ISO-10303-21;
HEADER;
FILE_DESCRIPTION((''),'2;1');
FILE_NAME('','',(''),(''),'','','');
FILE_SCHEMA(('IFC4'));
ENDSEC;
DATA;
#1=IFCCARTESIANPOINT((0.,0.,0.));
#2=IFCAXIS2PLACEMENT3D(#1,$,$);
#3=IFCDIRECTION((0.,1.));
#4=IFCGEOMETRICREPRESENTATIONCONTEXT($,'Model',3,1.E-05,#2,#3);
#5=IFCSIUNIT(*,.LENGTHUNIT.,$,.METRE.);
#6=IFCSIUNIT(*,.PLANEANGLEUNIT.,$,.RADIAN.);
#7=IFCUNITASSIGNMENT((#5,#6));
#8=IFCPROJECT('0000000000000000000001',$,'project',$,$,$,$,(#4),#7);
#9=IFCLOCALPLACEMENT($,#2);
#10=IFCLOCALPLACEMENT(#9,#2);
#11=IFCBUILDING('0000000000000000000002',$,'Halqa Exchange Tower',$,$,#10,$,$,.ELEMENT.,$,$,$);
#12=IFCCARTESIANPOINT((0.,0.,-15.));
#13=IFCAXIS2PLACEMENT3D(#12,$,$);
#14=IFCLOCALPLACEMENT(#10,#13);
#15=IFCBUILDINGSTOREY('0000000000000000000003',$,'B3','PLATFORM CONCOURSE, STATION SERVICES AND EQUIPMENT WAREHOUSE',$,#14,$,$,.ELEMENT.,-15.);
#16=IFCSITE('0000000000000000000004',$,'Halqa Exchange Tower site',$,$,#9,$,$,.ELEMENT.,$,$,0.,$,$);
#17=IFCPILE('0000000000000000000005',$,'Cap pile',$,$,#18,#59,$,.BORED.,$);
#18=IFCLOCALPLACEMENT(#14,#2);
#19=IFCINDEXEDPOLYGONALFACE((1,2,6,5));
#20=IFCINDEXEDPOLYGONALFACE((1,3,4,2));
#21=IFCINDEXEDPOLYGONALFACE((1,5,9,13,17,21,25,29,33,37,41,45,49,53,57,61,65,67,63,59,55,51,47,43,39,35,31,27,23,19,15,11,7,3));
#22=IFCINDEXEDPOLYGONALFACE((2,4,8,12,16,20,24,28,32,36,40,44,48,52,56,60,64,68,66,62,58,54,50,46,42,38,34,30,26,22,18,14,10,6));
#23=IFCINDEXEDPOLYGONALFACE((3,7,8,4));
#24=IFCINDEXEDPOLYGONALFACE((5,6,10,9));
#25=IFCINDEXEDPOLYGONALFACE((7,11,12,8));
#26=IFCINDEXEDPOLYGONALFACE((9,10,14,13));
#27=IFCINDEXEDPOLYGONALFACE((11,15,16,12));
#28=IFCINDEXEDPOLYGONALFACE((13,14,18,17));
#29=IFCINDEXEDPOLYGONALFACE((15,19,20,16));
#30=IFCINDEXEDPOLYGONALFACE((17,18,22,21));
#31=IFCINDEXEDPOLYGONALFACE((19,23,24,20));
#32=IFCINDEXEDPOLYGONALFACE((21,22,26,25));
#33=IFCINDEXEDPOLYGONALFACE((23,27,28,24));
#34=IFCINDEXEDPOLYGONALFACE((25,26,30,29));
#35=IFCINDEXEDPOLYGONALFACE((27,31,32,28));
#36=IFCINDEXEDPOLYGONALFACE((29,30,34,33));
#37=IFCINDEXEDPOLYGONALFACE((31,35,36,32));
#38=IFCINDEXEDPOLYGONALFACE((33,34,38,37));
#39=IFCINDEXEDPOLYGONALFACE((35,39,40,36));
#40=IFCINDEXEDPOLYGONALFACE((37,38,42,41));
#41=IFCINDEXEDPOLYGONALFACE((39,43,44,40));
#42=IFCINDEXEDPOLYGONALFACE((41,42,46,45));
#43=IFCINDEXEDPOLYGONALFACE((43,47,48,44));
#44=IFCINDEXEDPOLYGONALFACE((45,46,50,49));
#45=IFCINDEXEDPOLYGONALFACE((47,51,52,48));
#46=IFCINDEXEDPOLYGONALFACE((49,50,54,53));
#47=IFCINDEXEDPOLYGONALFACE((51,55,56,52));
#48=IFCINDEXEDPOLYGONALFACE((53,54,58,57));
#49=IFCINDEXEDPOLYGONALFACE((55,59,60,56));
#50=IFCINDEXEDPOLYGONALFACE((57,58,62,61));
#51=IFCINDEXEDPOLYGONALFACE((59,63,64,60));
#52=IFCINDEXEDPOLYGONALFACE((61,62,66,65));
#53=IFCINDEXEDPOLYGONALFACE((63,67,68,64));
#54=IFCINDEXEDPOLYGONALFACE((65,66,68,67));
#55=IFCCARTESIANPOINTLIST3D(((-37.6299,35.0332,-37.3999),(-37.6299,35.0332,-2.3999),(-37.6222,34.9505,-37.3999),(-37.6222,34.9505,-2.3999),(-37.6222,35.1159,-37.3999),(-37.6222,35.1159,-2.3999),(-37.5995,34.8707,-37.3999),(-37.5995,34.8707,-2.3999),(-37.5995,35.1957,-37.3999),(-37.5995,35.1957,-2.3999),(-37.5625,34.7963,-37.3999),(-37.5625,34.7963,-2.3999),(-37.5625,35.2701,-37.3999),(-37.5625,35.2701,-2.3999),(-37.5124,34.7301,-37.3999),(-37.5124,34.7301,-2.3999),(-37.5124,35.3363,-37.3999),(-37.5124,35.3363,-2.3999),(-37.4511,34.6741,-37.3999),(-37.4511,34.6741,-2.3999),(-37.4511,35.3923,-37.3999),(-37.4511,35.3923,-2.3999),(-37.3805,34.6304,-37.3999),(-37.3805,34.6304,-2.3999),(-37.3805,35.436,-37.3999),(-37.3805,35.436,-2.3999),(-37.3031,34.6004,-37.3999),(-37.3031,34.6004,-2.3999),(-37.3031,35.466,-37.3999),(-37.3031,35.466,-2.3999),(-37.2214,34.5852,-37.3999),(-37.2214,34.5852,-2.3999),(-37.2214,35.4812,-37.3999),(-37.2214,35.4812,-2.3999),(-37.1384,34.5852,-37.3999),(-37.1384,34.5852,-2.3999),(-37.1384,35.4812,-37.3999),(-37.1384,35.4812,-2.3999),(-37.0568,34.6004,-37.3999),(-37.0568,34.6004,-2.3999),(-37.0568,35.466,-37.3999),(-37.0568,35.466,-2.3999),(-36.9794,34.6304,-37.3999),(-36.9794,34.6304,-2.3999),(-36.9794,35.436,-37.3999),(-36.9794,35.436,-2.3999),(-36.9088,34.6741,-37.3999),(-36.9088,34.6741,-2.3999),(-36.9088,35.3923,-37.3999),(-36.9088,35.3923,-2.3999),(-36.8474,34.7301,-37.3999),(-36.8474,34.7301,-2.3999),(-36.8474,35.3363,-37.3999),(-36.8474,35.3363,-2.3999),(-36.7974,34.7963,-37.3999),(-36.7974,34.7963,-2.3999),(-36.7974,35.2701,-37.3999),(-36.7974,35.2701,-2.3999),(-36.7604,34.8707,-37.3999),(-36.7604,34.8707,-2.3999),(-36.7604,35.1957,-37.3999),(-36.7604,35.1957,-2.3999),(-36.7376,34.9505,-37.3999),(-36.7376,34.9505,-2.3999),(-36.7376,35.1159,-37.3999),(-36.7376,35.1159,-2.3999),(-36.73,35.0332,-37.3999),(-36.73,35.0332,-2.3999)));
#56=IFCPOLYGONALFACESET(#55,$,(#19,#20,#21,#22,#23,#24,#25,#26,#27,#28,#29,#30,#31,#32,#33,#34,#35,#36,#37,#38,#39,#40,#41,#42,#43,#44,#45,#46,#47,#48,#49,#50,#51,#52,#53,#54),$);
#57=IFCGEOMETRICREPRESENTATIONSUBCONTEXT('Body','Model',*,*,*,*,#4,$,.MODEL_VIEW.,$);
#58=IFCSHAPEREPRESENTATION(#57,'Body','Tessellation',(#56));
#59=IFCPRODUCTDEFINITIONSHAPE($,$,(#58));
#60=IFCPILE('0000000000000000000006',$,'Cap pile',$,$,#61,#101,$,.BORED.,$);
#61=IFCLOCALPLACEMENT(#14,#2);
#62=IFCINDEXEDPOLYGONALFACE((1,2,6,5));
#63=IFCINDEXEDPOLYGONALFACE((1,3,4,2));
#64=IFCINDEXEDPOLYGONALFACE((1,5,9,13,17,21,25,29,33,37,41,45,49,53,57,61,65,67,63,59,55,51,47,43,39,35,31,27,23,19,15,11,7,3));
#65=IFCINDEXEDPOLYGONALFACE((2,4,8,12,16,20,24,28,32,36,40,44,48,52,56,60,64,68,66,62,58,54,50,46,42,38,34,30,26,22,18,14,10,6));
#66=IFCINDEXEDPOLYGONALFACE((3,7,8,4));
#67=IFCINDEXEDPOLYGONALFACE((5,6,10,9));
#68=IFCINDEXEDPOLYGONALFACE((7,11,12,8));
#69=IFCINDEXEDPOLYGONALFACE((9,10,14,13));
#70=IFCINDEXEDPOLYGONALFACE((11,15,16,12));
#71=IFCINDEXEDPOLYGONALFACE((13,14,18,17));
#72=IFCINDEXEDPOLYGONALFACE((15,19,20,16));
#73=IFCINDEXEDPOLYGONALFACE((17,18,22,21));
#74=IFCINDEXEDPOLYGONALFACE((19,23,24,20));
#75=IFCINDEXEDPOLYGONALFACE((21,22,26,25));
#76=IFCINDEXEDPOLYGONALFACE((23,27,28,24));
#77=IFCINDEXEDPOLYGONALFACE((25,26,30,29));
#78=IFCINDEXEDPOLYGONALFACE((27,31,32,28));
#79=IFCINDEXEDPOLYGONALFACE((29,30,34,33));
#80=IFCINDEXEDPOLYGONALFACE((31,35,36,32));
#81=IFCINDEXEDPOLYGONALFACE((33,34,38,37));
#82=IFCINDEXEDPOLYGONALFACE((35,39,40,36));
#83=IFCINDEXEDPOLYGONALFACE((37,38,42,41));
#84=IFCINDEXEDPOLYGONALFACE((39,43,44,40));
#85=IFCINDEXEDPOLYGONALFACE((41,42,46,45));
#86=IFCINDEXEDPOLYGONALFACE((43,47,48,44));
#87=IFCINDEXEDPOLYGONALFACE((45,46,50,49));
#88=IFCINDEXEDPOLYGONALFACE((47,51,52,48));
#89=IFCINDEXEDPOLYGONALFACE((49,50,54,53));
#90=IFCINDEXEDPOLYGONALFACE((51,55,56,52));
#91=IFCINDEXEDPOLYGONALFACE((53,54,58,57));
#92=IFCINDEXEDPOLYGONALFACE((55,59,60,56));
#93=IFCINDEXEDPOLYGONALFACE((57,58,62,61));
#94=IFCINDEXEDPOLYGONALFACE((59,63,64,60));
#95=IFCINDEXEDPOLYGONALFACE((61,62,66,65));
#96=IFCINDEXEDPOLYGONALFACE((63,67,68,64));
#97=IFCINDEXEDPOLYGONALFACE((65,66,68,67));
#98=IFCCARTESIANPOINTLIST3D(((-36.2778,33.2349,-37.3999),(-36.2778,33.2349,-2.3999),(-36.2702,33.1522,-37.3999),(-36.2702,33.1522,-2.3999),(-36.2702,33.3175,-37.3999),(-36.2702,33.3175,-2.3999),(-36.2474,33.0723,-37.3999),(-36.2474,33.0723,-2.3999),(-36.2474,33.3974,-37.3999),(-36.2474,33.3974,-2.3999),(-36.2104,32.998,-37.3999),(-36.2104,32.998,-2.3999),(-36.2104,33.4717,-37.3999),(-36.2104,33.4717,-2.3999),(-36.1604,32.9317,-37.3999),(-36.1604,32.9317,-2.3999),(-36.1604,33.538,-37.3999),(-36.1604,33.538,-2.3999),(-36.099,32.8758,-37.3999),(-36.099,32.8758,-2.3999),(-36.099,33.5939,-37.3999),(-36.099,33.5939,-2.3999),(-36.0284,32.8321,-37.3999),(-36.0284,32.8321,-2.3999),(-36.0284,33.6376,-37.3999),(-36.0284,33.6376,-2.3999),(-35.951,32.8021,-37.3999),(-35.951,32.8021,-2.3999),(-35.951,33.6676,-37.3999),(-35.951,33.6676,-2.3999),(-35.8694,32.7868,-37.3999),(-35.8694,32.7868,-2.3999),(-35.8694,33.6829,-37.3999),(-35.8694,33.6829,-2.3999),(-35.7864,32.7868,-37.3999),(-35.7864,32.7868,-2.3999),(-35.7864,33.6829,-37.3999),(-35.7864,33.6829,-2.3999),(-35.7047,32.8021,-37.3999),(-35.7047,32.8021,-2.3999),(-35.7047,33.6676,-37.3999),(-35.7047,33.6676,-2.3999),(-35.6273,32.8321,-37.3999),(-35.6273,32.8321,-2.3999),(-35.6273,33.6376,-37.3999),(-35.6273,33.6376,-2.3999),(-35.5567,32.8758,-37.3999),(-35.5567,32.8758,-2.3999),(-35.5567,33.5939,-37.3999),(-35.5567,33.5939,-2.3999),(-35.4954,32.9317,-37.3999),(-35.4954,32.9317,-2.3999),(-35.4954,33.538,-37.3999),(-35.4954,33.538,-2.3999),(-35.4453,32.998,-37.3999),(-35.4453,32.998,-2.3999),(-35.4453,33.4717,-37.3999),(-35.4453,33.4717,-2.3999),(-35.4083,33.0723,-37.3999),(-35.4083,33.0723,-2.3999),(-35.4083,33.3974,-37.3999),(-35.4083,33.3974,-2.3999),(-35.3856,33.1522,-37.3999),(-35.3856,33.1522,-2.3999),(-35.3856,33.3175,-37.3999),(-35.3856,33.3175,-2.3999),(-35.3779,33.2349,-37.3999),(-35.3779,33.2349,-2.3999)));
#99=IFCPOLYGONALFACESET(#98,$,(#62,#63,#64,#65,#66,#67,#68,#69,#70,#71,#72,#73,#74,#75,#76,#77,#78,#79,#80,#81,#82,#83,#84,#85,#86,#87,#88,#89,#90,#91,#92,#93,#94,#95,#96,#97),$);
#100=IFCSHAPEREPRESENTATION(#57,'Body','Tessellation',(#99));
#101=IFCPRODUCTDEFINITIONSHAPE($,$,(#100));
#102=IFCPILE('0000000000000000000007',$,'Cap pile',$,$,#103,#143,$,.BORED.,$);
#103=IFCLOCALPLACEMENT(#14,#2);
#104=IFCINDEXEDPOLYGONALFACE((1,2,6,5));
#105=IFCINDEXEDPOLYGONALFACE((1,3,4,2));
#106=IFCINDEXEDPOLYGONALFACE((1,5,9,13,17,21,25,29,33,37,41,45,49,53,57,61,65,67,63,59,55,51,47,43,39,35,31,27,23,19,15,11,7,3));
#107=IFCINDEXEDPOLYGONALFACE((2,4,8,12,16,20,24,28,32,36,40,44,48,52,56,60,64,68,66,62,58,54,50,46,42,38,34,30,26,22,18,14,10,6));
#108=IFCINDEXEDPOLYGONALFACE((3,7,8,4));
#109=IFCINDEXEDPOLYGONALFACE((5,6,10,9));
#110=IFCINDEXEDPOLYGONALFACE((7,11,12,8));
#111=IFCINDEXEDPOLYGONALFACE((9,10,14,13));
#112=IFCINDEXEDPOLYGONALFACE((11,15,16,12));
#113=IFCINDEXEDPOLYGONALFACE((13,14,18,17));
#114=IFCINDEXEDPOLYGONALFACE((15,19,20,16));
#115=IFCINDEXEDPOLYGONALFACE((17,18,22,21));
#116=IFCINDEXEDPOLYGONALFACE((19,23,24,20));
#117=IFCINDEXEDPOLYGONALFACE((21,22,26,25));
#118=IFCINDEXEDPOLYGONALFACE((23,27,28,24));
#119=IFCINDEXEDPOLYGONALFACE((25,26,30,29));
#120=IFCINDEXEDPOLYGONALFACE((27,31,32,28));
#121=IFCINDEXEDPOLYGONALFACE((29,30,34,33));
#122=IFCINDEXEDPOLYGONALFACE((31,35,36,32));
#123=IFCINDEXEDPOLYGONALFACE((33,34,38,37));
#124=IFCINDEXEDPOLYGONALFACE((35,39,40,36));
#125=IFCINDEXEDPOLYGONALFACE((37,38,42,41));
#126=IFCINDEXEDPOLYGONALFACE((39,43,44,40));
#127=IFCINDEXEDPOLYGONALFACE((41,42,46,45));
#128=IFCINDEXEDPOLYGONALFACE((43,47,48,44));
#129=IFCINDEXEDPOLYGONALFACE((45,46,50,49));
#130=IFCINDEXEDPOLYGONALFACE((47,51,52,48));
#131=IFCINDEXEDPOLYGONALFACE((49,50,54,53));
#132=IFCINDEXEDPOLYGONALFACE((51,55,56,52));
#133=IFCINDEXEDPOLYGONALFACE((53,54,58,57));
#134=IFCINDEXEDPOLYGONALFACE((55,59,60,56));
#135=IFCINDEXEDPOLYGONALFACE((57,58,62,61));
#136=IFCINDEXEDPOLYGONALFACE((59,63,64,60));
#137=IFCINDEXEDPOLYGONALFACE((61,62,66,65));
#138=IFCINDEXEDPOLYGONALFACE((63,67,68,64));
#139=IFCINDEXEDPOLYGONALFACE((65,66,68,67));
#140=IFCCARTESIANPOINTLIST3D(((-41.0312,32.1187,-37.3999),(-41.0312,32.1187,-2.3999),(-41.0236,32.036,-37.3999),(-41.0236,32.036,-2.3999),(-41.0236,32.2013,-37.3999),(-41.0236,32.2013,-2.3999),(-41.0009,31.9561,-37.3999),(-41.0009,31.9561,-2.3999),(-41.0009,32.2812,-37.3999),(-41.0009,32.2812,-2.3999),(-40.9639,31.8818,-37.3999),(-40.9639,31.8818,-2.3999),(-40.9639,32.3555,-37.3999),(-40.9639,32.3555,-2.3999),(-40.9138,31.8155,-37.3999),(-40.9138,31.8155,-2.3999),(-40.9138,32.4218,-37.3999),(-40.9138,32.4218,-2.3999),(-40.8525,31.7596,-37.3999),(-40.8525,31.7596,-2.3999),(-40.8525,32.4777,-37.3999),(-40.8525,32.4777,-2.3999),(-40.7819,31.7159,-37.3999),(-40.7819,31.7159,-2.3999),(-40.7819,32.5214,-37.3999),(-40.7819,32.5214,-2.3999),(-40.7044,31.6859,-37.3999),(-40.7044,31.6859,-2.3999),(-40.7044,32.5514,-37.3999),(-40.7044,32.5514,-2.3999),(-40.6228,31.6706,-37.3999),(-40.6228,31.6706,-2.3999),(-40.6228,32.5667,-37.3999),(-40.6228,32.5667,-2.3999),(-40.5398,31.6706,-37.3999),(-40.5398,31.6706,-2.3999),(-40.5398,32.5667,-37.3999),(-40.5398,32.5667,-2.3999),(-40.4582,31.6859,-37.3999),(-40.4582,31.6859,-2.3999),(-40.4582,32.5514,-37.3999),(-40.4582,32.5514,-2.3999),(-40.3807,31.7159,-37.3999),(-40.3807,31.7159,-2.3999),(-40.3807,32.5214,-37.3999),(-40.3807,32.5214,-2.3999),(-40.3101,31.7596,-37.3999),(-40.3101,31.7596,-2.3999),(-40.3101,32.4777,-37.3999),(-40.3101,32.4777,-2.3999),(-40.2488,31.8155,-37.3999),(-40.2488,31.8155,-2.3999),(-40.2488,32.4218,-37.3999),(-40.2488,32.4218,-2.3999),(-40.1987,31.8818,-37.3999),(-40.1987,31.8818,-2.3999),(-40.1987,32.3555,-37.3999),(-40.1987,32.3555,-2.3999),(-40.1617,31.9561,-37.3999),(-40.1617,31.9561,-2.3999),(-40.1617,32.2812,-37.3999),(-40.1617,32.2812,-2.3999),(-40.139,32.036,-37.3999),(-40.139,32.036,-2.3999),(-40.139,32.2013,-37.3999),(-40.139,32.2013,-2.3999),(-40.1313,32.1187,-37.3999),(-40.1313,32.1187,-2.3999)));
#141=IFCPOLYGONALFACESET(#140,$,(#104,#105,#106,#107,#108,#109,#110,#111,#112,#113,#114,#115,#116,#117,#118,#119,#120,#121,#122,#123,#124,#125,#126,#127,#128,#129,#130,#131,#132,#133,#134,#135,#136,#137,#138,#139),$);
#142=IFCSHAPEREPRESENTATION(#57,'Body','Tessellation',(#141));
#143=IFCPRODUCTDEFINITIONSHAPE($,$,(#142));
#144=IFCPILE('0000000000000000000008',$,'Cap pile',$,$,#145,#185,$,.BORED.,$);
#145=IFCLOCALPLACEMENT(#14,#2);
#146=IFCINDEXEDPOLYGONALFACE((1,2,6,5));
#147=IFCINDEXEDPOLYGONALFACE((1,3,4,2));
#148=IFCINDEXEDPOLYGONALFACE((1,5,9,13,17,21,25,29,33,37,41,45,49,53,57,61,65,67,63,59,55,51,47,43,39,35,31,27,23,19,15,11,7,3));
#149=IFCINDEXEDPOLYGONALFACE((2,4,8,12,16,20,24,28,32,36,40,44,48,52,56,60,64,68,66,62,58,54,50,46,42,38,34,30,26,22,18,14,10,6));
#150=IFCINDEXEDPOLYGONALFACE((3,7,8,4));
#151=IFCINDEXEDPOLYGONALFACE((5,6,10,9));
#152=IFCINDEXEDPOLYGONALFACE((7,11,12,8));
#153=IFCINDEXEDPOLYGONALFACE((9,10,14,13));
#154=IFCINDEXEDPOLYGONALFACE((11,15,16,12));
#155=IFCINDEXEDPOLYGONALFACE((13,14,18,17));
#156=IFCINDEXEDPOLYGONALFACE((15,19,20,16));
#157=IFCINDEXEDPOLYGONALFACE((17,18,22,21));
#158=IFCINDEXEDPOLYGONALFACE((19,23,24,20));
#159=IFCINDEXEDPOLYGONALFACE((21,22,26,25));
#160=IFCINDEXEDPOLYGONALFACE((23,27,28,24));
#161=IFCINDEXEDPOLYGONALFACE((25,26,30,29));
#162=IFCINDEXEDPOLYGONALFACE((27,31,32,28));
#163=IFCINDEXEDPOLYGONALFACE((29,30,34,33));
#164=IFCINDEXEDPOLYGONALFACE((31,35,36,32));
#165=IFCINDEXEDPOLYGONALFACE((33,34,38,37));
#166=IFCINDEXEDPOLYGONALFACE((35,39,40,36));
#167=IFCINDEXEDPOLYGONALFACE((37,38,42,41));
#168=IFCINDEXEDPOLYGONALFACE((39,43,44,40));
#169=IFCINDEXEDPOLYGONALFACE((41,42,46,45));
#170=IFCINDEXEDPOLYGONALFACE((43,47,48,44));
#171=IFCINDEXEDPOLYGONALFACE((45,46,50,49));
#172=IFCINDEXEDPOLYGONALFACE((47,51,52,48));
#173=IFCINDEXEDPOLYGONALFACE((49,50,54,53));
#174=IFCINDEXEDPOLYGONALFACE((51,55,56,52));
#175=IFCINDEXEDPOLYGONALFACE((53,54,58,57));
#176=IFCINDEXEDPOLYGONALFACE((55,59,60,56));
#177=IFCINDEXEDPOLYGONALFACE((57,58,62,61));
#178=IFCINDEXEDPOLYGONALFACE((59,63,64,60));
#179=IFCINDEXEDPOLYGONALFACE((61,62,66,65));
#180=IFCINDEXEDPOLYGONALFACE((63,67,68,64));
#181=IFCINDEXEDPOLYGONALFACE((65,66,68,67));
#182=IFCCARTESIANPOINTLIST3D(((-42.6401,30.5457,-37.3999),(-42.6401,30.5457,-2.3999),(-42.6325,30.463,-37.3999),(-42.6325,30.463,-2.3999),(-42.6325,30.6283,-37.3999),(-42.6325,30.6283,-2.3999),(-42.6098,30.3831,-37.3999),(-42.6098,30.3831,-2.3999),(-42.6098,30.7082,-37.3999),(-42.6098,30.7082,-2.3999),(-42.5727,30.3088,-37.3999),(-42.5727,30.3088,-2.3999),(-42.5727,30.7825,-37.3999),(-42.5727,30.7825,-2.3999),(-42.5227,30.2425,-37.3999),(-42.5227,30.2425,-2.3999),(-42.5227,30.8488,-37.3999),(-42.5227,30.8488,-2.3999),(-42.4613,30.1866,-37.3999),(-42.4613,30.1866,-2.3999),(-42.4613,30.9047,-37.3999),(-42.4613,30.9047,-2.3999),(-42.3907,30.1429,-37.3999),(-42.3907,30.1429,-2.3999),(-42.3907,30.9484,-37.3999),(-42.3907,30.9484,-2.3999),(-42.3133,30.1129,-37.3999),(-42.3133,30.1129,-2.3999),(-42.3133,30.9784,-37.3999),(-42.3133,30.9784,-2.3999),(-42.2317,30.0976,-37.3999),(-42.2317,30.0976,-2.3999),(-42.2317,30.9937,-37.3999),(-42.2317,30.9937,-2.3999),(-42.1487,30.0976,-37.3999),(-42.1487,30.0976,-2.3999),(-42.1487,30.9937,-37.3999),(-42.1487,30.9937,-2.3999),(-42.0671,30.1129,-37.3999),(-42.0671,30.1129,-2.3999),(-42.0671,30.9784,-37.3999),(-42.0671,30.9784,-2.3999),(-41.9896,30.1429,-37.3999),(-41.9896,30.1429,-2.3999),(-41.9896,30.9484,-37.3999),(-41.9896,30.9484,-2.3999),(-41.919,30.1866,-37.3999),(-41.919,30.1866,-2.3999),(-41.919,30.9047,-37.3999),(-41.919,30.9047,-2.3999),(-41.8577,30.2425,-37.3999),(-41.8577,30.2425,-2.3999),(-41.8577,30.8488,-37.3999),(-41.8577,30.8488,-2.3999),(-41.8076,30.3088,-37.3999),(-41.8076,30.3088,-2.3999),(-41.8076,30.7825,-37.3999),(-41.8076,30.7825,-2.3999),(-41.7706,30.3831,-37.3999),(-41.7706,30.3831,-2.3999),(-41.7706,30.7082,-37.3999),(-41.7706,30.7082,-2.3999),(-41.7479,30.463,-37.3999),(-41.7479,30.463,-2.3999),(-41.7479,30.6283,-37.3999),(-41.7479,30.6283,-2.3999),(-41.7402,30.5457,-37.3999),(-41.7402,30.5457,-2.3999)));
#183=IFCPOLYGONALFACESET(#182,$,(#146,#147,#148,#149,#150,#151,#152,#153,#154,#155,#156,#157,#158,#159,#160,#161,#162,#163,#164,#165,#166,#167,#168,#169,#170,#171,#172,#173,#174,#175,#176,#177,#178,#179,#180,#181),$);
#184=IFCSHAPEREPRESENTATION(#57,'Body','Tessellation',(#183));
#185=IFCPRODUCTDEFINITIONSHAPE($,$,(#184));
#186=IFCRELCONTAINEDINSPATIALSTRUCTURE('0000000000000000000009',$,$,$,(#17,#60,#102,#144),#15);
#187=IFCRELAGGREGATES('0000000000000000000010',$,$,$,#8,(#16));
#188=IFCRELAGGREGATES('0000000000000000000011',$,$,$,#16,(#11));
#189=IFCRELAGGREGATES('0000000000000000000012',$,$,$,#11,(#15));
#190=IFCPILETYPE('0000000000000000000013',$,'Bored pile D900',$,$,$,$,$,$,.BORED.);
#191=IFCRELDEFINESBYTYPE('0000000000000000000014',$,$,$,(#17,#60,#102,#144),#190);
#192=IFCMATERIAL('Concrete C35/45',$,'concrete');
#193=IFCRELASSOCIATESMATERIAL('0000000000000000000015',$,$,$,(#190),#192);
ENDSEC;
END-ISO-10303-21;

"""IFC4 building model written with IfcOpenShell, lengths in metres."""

from ifc_helpers import new_model, si_unit, direction, frame, origin, origin_2d, place, context, subcontext, project, spatial, circle, extrude, material, material_profile, profile_set, type_object, element, save


model = new_model("IFC4")

# Units and contexts
model_context = context("Model", 3, precision=1e-05, world=origin(), true_north=direction((0.0, 1.0)))
body_context = subcontext(model_context, "Body", "Model", "MODEL_VIEW")
ifc_project = project(units=[si_unit("LENGTHUNIT", "METRE"), si_unit("PLANEANGLEUNIT", "RADIAN")], contexts=[model_context])

# Site, building, storey
site_placement = place(None, origin())
site = spatial("IfcSite", under=ifc_project, at=site_placement, Name="Halqa Exchange Tower site", CompositionType="ELEMENT", RefElevation=0.0)
building_placement = place(site_placement, origin())
building = spatial("IfcBuilding", under=site, at=building_placement, Name="Halqa Exchange Tower", CompositionType="ELEMENT")
storey_placement = place(building_placement, frame((0.0, 0.0, -15.0)))
storey = spatial("IfcBuildingStorey", under=building, at=storey_placement, Name="B3", Description="PLATFORM CONCOURSE, STATION SERVICES AND EQUIPMENT WAREHOUSE", CompositionType="ELEMENT", Elevation=-15.0)

# Piles
ifc_material_1 = material(Name="Concrete C35/45", Category="concrete")
ifc_material_profile_1 = material_profile(ifc_material_1, circle(Radius=0.45, at=origin_2d()), Name="D900")
ifc_profile_set_1 = profile_set([ifc_material_profile_1], Name="Concrete C35/45")
pile_type = type_object("IfcPileType", Name="Bored pile D900", PredefinedType="BORED", material=ifc_profile_set_1)
for number, where, z_axis, x_axis, name in (
    (1, (-37.1799, 35.0332, -2.3999), (0.0, 0.0, -1.0), (1.0, 0.0, 0.0), "Cap pile"),
    (2, (-35.8279, 33.2349, -2.3999), (0.0, 0.0, -1.0), (1.0, 0.0, 0.0), "Cap pile"),
    (3, (-40.5813, 32.1187, -2.3999), (0.0, 0.0, -1.0), (1.0, 0.0, 0.0), "Cap pile"),
    (4, (-42.1902, 30.5457, -2.3999), (0.0, 0.0, -1.0), (1.0, 0.0, 0.0), "Cap pile"),
):
    element("IfcPile", number, at=place(storey_placement, frame(where, z_axis=z_axis, x_axis=x_axis)), inside=storey, type_object=pile_type, Name=name, PredefinedType="BORED", context=body_context, shape_type="SweptSolid", body=[
        extrude(circle(Radius=0.45, at=origin_2d()), origin(), (0.0, 0.0, 1.0), 35.0),
    ])

save(model, "model.ifc")
